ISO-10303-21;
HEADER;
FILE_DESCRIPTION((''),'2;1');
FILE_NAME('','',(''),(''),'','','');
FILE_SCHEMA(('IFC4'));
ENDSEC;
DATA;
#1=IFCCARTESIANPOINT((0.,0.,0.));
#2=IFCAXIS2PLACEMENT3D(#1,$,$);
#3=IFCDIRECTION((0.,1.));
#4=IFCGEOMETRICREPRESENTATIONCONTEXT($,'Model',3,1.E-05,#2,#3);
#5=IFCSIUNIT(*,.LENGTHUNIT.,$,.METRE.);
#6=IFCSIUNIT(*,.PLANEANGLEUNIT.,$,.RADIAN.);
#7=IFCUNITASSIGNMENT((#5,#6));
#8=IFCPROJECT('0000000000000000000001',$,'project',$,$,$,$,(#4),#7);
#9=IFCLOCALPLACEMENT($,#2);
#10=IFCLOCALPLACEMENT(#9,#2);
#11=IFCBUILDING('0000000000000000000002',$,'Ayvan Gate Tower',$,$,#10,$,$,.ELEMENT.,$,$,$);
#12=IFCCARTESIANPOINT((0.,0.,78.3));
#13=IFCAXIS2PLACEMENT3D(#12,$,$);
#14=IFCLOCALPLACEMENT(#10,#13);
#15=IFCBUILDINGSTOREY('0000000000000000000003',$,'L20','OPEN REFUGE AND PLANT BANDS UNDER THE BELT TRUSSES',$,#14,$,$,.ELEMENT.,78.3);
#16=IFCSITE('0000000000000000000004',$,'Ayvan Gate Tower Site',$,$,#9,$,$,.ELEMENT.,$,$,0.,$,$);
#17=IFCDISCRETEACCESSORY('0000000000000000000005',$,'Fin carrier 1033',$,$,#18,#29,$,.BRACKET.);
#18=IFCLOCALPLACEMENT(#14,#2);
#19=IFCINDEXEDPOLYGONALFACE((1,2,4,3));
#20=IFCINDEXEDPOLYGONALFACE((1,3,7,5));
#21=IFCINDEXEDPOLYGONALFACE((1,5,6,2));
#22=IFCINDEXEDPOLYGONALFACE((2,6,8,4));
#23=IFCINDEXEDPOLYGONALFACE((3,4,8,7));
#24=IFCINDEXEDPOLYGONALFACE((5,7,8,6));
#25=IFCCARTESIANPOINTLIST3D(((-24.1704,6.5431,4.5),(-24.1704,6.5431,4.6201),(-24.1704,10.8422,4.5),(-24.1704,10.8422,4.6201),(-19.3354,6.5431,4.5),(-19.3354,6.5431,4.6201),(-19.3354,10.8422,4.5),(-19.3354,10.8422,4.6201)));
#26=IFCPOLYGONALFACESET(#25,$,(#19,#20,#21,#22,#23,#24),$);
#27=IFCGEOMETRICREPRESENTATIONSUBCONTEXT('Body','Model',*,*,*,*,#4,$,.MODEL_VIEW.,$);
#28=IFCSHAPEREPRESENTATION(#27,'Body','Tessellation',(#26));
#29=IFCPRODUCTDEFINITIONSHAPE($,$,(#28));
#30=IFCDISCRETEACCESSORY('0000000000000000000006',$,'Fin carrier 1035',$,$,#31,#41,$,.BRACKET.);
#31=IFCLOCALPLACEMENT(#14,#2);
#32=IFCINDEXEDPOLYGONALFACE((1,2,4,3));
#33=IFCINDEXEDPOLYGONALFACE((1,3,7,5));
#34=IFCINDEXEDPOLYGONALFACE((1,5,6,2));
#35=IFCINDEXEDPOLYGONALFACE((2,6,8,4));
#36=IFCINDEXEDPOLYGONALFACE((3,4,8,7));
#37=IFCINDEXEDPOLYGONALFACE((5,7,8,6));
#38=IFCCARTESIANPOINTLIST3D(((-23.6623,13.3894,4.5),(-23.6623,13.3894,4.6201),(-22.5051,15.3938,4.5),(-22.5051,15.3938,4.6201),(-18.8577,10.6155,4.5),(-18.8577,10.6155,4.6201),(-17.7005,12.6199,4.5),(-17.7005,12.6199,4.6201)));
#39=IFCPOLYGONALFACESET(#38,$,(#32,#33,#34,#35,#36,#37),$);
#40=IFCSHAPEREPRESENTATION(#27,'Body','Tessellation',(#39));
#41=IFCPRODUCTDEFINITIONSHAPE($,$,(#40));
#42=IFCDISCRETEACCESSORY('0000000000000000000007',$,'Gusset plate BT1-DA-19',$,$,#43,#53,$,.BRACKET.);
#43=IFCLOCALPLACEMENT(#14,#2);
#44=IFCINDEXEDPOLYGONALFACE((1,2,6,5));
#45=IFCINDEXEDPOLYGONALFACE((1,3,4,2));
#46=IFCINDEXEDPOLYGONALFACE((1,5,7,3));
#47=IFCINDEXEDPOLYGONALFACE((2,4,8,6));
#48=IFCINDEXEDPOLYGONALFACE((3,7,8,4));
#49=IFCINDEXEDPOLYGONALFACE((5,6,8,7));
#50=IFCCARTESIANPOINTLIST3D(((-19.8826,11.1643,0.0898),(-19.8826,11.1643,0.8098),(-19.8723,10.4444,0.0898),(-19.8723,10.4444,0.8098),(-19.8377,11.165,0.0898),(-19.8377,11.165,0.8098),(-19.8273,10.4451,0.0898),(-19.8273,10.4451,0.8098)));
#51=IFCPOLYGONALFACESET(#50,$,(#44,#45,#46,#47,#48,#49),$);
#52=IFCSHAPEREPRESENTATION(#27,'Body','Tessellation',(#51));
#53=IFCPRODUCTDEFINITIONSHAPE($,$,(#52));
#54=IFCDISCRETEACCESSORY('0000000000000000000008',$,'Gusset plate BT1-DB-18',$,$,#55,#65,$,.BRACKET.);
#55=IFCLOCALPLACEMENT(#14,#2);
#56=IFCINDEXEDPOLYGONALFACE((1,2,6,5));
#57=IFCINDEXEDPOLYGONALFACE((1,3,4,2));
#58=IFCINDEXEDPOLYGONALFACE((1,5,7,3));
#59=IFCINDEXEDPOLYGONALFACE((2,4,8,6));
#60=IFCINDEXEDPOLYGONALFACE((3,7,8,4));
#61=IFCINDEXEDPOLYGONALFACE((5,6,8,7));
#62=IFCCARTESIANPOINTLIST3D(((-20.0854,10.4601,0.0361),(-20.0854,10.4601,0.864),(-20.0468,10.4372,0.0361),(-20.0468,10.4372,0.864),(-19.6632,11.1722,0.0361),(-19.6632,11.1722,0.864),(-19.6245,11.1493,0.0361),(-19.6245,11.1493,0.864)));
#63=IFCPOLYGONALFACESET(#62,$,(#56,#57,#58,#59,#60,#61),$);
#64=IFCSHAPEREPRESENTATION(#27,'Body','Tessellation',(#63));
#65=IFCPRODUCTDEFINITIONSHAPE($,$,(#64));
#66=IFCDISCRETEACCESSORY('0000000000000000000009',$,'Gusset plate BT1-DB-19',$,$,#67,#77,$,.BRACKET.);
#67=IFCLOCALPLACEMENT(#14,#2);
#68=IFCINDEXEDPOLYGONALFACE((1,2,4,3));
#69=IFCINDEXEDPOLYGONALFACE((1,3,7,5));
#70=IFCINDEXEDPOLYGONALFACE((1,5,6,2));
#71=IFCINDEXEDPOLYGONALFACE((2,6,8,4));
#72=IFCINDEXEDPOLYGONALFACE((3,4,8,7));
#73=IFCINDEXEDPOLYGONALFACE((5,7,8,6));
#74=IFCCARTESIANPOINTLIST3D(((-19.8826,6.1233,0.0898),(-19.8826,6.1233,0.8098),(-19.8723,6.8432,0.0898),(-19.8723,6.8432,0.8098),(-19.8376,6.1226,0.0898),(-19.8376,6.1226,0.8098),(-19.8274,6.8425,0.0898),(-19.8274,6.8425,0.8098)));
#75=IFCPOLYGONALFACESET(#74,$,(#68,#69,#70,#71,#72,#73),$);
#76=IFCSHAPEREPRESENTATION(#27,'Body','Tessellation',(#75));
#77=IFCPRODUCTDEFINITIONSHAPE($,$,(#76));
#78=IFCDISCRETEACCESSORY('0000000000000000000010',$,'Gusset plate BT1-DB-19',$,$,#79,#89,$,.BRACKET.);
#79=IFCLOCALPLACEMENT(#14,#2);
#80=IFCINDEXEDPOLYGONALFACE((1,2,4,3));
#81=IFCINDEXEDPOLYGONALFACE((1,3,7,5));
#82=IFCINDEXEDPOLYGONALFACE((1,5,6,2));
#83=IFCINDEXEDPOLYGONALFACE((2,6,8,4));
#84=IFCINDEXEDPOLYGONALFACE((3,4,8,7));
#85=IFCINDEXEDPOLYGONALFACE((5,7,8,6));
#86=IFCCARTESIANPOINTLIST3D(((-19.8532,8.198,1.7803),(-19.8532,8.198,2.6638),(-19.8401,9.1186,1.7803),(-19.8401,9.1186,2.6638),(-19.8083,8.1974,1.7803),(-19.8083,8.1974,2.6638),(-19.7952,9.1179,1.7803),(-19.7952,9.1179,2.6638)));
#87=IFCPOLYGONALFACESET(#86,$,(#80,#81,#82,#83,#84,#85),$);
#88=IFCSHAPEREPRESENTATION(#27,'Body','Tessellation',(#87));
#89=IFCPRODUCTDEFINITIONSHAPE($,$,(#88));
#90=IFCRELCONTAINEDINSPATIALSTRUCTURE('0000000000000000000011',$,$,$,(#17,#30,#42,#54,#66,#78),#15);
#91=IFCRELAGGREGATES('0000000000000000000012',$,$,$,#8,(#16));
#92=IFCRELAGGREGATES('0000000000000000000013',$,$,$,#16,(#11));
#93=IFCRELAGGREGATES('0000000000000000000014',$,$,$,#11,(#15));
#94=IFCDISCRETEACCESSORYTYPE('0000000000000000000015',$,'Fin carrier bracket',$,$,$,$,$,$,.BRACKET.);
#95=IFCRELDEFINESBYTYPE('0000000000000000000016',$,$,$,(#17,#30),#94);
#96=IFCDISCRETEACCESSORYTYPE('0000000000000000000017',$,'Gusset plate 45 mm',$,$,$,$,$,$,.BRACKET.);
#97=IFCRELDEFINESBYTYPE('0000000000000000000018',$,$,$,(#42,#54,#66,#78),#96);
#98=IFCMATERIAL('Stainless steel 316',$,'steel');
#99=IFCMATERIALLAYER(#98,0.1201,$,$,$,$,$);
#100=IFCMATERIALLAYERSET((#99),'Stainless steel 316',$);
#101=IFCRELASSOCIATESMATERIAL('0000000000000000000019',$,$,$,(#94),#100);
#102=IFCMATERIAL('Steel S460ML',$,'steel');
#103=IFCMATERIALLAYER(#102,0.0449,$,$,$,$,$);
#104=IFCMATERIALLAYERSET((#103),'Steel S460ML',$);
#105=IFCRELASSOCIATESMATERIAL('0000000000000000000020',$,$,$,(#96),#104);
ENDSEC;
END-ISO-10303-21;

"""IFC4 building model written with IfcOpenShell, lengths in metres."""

from ifc_helpers import new_model, si_unit, direction, frame, origin, origin_2d, place, context, subcontext, project, spatial, rectangle, extrude, material, layer, layer_set, type_object, element, save


model = new_model("IFC4")

# Units and contexts
model_context = context("Model", 3, precision=1e-05, world=origin(), true_north=direction((0.0, 1.0)))
body_context = subcontext(model_context, "Body", "Model", "MODEL_VIEW")
ifc_project = project(units=[si_unit("LENGTHUNIT", "METRE"), si_unit("PLANEANGLEUNIT", "RADIAN")], contexts=[model_context])

# Site, building, storey
site_placement = place(None, origin())
site = spatial("IfcSite", under=ifc_project, at=site_placement, Name="Ayvan Gate Tower Site", CompositionType="ELEMENT", RefElevation=0.0)
building_placement = place(site_placement, origin())
building = spatial("IfcBuilding", under=site, at=building_placement, Name="Ayvan Gate Tower", CompositionType="ELEMENT")
storey_placement = place(building_placement, frame((0.0, 0.0, 78.3)))
storey = spatial("IfcBuildingStorey", under=building, at=storey_placement, Name="L20", Description="OPEN REFUGE AND PLANT BANDS UNDER THE BELT TRUSSES", CompositionType="ELEMENT", Elevation=78.3)

# Shared definitions
ifc_material_1 = material(Name="Steel S460ML", Category="steel")

# Discrete accessories
ifc_material_2 = material(Name="Stainless steel 316", Category="steel")
ifc_layer_1 = layer(ifc_material_2, 0.1201)
ifc_layer_set_1 = layer_set([ifc_layer_1], Name="Stainless steel 316")
discrete_accessory_type_1 = type_object("IfcDiscreteAccessoryType", Name="Fin carrier bracket", PredefinedType="BRACKET", material=ifc_layer_set_1)
discrete_accessory_1_placement = place(storey_placement, frame((-21.7529, 8.6926, 4.5), z_axis=(0.0, 0.0, 1.0), x_axis=(0.0, -1.0, 0.0)))
element("IfcDiscreteAccessory", 1, at=discrete_accessory_1_placement, inside=storey, type_object=discrete_accessory_type_1, Name="Fin carrier 1033", PredefinedType="BRACKET", context=body_context, shape_type="SweptSolid", body=[
    extrude(rectangle(XDim=4.2991, YDim=4.835, at=origin_2d()), origin(), (0.0, 0.0, 1.0), 0.1201),
])
discrete_accessory_2_placement = place(storey_placement, frame((-20.6814, 13.0046, 4.5), z_axis=(0.0, 0.0, 1.0), x_axis=(-0.5, -0.866025, 0.0)))
element("IfcDiscreteAccessory", 2, at=discrete_accessory_2_placement, inside=storey, type_object=discrete_accessory_type_1, Name="Fin carrier 1035", PredefinedType="BRACKET", context=body_context, shape_type="SweptSolid", body=[
    extrude(rectangle(XDim=2.3145, YDim=5.5479, at=origin_2d()), origin(), (0.0, 0.0, 1.0), 0.1201),
])
ifc_layer_2 = layer(ifc_material_1, 0.0449)
ifc_layer_set_2 = layer_set([ifc_layer_2], Name="Steel S460ML")
discrete_accessory_type_2 = type_object("IfcDiscreteAccessoryType", Name="Gusset plate 45 mm", PredefinedType="BRACKET", material=ifc_layer_set_2)
discrete_accessory_3_placement = place(storey_placement, frame((-19.855, 10.8047, 0.0898), z_axis=(0.0, 0.0, 1.0), x_axis=(-0.014407, 0.999896, 0.0)))
element("IfcDiscreteAccessory", 3, at=discrete_accessory_3_placement, inside=storey, type_object=discrete_accessory_type_2, Name="Gusset plate BT1-DA-19", PredefinedType="BRACKET", context=body_context, shape_type="SweptSolid", body=[
    extrude(rectangle(XDim=0.72, YDim=0.0449, at=origin_2d()), origin(), (0.0, 0.0, 1.0), 0.72),
])
discrete_accessory_4_placement = place(storey_placement, frame((-19.855, 10.8047, 0.0361), z_axis=(0.0, 0.0, 1.0), x_axis=(0.510084, 0.860125, 0.0)))
element("IfcDiscreteAccessory", 4, at=discrete_accessory_4_placement, inside=storey, type_object=discrete_accessory_type_2, Name="Gusset plate BT1-DB-18", PredefinedType="BRACKET", context=body_context, shape_type="SweptSolid", body=[
    extrude(rectangle(XDim=0.8279, YDim=0.0449, at=origin_2d()), origin(), (0.0, 0.0, 1.0), 0.8279),
])
discrete_accessory_5_placement = place(storey_placement, frame((-19.855, 6.4829, 0.0898), z_axis=(0.0, 0.0, 1.0), x_axis=(0.014219, 0.999899, 0.0)))
element("IfcDiscreteAccessory", 5, at=discrete_accessory_5_placement, inside=storey, type_object=discrete_accessory_type_2, Name="Gusset plate BT1-DB-19", PredefinedType="BRACKET", context=body_context, shape_type="SweptSolid", body=[
    extrude(rectangle(XDim=0.72, YDim=0.0449, at=origin_2d()), origin(), (0.0, 0.0, 1.0), 0.72),
])
discrete_accessory_6_placement = place(storey_placement, frame((-19.8242, 8.658, 1.7803), z_axis=(0.0, 0.0, 1.0), x_axis=(0.014219, 0.999899, 0.0)))
element("IfcDiscreteAccessory", 6, at=discrete_accessory_6_placement, inside=storey, type_object=discrete_accessory_type_2, Name="Gusset plate BT1-DB-19", PredefinedType="BRACKET", context=body_context, shape_type="SweptSolid", body=[
    extrude(rectangle(XDim=0.9207, YDim=0.0449, at=origin_2d()), origin(), (0.0, 0.0, 1.0), 0.8835),
])

save(model, "model.ifc")
